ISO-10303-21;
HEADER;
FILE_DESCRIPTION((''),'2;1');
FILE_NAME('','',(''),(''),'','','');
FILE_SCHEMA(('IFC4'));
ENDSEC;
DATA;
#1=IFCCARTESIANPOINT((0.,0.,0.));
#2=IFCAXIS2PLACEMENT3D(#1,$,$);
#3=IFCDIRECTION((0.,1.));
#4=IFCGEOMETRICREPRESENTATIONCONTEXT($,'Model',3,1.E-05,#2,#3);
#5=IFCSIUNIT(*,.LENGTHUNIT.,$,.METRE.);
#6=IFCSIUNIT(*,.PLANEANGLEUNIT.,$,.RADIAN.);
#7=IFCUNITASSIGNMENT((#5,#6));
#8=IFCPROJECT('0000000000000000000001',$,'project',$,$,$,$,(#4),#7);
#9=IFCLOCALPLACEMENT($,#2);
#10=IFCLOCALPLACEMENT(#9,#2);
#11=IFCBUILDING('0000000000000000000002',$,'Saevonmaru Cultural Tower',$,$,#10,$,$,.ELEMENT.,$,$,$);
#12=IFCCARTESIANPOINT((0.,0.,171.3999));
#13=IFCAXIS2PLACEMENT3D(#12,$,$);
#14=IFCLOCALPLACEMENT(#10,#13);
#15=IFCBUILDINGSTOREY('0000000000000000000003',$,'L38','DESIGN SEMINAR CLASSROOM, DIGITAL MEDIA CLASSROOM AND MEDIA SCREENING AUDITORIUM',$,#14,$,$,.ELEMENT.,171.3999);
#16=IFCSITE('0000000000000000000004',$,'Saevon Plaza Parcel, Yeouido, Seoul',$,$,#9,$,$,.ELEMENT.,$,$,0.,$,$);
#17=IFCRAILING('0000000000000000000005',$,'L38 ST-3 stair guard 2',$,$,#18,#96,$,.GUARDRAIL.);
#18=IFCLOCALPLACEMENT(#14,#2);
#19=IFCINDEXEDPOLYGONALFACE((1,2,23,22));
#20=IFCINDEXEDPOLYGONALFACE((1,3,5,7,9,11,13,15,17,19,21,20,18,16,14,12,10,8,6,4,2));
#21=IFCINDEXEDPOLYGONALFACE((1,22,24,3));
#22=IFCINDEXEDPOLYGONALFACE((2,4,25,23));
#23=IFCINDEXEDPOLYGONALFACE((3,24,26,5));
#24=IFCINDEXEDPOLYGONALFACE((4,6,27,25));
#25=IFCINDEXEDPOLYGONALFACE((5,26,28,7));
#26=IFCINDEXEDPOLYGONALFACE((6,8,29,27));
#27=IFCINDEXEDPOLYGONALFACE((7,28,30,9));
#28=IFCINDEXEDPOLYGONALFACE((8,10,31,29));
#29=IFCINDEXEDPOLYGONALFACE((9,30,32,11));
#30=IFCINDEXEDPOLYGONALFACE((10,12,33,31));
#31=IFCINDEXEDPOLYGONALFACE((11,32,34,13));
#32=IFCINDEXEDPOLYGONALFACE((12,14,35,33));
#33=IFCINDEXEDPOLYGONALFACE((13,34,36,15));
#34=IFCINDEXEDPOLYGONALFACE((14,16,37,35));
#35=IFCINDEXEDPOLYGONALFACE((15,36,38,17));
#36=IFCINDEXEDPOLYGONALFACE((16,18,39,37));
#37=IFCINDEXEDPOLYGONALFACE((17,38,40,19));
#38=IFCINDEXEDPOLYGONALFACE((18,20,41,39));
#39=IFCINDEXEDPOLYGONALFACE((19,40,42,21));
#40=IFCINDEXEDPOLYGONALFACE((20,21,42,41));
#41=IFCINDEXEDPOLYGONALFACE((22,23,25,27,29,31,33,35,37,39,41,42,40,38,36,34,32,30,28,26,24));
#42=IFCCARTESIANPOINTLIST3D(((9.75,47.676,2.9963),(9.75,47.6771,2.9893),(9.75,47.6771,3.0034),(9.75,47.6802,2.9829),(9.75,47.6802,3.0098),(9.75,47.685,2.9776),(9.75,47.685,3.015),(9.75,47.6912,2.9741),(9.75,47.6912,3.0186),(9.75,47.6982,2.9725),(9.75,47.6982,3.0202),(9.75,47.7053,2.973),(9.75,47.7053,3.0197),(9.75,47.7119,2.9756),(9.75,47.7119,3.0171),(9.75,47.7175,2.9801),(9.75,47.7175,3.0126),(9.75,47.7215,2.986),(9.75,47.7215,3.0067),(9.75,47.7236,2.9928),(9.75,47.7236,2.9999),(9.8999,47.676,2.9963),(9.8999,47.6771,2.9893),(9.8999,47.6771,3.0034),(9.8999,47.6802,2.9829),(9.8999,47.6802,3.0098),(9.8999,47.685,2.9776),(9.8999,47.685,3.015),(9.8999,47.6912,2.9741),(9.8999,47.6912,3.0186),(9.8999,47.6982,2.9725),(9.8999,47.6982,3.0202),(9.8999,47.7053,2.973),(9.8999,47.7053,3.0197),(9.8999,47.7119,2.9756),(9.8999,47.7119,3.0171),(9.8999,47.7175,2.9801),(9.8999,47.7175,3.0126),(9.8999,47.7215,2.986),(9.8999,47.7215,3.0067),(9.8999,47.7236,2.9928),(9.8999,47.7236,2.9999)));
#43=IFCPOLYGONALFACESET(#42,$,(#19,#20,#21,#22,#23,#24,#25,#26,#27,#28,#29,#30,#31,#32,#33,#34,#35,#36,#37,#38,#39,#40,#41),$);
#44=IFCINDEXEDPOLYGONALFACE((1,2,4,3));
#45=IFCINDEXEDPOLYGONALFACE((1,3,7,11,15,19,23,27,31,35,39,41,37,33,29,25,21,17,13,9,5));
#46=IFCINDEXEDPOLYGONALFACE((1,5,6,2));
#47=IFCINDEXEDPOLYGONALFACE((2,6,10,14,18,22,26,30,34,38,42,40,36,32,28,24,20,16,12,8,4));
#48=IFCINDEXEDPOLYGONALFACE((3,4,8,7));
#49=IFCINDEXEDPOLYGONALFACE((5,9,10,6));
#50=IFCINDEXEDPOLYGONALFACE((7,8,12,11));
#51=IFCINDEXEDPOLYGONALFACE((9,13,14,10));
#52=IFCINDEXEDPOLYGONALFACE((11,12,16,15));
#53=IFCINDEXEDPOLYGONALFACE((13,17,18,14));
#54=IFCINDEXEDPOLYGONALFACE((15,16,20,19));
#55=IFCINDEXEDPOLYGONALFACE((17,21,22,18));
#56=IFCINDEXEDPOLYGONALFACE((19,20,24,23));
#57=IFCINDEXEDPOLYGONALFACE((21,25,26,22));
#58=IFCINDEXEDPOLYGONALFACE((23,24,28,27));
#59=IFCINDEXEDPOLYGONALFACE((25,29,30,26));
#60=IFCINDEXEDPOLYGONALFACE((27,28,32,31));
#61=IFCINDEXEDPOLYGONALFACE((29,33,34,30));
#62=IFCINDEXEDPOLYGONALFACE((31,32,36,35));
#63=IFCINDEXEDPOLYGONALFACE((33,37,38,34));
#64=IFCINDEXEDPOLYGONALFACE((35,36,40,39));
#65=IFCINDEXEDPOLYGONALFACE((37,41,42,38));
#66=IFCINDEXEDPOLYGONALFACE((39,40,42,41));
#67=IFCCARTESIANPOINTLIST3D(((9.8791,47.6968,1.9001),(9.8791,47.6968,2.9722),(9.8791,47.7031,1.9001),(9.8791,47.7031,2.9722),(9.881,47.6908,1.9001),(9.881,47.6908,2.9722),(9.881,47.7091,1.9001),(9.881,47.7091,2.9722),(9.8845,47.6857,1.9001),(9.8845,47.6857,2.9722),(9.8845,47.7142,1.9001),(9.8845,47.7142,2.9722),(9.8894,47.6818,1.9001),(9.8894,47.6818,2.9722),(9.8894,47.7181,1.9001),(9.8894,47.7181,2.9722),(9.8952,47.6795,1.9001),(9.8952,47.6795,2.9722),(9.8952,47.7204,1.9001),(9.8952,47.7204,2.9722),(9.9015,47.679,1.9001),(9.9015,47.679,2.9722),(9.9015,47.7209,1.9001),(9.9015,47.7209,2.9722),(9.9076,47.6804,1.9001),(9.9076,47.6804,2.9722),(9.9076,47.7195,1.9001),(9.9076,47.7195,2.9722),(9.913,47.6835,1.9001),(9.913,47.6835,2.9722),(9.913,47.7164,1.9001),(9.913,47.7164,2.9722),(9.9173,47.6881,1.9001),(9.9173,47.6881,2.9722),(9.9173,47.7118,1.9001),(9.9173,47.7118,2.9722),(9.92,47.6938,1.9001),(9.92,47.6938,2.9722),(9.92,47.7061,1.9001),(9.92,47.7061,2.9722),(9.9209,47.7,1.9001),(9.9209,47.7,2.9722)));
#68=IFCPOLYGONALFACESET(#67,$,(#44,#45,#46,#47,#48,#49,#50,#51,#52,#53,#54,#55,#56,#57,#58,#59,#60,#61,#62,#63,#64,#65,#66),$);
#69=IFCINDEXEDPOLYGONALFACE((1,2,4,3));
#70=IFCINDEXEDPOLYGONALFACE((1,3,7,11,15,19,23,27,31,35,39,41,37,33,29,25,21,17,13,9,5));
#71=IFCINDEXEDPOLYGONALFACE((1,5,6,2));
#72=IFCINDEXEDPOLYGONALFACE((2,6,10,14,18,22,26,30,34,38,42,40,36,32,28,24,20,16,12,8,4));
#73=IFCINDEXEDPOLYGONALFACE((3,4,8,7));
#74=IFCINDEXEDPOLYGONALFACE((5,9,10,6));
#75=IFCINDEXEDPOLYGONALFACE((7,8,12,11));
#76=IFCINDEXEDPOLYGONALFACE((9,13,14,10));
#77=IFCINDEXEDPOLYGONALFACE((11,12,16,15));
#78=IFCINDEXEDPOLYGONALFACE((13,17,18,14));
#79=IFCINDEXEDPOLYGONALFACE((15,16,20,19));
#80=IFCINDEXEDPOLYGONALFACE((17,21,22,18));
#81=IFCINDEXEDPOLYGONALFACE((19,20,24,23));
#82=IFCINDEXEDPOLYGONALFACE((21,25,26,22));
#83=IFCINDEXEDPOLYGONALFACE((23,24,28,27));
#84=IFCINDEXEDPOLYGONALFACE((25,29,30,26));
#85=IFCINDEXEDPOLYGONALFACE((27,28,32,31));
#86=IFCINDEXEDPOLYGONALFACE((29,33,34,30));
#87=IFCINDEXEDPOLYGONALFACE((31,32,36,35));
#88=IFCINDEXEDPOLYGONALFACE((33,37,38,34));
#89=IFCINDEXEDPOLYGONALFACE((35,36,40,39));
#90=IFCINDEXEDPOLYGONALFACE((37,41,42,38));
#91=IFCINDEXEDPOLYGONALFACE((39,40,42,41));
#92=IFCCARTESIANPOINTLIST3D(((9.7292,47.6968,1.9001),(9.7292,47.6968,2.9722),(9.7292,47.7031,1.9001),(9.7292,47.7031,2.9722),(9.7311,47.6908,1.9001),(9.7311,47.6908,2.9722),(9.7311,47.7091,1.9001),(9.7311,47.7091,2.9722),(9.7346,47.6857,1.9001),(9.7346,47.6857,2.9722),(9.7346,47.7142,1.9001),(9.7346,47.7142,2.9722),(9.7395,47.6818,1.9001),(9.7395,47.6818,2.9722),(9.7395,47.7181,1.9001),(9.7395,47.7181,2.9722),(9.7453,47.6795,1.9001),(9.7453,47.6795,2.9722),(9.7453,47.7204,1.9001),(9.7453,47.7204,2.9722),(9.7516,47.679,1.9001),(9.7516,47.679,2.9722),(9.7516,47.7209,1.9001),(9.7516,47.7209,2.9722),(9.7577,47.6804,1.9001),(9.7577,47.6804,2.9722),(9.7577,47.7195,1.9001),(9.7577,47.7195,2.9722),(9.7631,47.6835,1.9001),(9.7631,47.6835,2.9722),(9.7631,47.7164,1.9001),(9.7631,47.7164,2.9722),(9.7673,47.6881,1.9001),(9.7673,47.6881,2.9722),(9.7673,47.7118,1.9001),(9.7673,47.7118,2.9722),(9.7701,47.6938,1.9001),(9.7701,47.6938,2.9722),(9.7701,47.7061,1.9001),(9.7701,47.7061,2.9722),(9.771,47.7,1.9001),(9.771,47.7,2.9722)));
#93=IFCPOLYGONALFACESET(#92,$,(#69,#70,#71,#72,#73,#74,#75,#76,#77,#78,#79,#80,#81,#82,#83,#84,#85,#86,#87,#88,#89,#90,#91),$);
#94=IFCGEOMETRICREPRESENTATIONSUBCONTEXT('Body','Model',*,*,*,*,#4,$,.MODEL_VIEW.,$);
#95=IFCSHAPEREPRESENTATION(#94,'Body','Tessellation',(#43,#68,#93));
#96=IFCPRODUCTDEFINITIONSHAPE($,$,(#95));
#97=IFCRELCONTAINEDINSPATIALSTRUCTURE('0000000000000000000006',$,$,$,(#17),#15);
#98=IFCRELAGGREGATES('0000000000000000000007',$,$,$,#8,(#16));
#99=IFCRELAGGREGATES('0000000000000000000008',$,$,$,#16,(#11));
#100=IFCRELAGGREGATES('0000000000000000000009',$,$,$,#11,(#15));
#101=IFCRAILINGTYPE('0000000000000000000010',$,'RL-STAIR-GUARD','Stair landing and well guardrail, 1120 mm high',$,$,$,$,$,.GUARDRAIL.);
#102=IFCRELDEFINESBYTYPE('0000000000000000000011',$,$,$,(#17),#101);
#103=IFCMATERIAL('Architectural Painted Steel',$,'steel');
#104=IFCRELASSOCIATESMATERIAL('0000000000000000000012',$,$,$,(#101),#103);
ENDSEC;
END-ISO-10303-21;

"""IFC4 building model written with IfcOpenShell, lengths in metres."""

from ifc_helpers import new_model, si_unit, direction, frame, origin, origin_2d, place, context, subcontext, project, spatial, circle, extrude, material, type_object, element, save


model = new_model("IFC4")

# Units and contexts
model_context = context("Model", 3, precision=1e-05, world=origin(), true_north=direction((0.0, 1.0)))
body_context = subcontext(model_context, "Body", "Model", "MODEL_VIEW")
ifc_project = project(units=[si_unit("LENGTHUNIT", "METRE"), si_unit("PLANEANGLEUNIT", "RADIAN")], contexts=[model_context])

# Site, building, storey
site_placement = place(None, origin())
site = spatial("IfcSite", under=ifc_project, at=site_placement, Name="Saevon Plaza Parcel, Yeouido, Seoul", CompositionType="ELEMENT", RefElevation=0.0)
building_placement = place(site_placement, origin())
building = spatial("IfcBuilding", under=site, at=building_placement, Name="Saevonmaru Cultural Tower", CompositionType="ELEMENT")
storey_placement = place(building_placement, frame((0.0, 0.0, 171.3999)))
storey = spatial("IfcBuildingStorey", under=building, at=storey_placement, Name="L38", Description="DESIGN SEMINAR CLASSROOM, DIGITAL MEDIA CLASSROOM AND MEDIA SCREENING AUDITORIUM", CompositionType="ELEMENT", Elevation=171.3999)

# Railing
ifc_material_1 = material(Name="Architectural Painted Steel", Category="steel")
railing_type_1 = type_object("IfcRailingType", Name="RL-STAIR-GUARD", Description="Stair landing and well guardrail, 1120 mm high", PredefinedType="GUARDRAIL", material=ifc_material_1)
railing_1_placement = place(storey_placement, frame((9.8999, 47.7, 1.9001)))
element("IfcRailing", 1, at=railing_1_placement, inside=storey, type_object=railing_type_1, Name="L38 ST-3 stair guard 2", PredefinedType="GUARDRAIL", context=body_context, shape_type="SweptSolid", body=[
    extrude(circle(Radius=0.0239, at=origin_2d()), frame((0.0, 0.0, 1.0962), z_axis=(-1.0, 0.0, 0.0), x_axis=(0.0, -1.0, 0.0)), (0.0, 0.0, 1.0), 0.1499),
    extrude(circle(Radius=0.021, at=origin_2d()), origin(), (0.0, 0.0, 1.0), 1.072),
    extrude(circle(Radius=0.021, at=origin_2d()), frame((-0.1499, 0.0, 0.0)), (0.0, 0.0, 1.0), 1.072),
])

save(model, "model.ifc")
